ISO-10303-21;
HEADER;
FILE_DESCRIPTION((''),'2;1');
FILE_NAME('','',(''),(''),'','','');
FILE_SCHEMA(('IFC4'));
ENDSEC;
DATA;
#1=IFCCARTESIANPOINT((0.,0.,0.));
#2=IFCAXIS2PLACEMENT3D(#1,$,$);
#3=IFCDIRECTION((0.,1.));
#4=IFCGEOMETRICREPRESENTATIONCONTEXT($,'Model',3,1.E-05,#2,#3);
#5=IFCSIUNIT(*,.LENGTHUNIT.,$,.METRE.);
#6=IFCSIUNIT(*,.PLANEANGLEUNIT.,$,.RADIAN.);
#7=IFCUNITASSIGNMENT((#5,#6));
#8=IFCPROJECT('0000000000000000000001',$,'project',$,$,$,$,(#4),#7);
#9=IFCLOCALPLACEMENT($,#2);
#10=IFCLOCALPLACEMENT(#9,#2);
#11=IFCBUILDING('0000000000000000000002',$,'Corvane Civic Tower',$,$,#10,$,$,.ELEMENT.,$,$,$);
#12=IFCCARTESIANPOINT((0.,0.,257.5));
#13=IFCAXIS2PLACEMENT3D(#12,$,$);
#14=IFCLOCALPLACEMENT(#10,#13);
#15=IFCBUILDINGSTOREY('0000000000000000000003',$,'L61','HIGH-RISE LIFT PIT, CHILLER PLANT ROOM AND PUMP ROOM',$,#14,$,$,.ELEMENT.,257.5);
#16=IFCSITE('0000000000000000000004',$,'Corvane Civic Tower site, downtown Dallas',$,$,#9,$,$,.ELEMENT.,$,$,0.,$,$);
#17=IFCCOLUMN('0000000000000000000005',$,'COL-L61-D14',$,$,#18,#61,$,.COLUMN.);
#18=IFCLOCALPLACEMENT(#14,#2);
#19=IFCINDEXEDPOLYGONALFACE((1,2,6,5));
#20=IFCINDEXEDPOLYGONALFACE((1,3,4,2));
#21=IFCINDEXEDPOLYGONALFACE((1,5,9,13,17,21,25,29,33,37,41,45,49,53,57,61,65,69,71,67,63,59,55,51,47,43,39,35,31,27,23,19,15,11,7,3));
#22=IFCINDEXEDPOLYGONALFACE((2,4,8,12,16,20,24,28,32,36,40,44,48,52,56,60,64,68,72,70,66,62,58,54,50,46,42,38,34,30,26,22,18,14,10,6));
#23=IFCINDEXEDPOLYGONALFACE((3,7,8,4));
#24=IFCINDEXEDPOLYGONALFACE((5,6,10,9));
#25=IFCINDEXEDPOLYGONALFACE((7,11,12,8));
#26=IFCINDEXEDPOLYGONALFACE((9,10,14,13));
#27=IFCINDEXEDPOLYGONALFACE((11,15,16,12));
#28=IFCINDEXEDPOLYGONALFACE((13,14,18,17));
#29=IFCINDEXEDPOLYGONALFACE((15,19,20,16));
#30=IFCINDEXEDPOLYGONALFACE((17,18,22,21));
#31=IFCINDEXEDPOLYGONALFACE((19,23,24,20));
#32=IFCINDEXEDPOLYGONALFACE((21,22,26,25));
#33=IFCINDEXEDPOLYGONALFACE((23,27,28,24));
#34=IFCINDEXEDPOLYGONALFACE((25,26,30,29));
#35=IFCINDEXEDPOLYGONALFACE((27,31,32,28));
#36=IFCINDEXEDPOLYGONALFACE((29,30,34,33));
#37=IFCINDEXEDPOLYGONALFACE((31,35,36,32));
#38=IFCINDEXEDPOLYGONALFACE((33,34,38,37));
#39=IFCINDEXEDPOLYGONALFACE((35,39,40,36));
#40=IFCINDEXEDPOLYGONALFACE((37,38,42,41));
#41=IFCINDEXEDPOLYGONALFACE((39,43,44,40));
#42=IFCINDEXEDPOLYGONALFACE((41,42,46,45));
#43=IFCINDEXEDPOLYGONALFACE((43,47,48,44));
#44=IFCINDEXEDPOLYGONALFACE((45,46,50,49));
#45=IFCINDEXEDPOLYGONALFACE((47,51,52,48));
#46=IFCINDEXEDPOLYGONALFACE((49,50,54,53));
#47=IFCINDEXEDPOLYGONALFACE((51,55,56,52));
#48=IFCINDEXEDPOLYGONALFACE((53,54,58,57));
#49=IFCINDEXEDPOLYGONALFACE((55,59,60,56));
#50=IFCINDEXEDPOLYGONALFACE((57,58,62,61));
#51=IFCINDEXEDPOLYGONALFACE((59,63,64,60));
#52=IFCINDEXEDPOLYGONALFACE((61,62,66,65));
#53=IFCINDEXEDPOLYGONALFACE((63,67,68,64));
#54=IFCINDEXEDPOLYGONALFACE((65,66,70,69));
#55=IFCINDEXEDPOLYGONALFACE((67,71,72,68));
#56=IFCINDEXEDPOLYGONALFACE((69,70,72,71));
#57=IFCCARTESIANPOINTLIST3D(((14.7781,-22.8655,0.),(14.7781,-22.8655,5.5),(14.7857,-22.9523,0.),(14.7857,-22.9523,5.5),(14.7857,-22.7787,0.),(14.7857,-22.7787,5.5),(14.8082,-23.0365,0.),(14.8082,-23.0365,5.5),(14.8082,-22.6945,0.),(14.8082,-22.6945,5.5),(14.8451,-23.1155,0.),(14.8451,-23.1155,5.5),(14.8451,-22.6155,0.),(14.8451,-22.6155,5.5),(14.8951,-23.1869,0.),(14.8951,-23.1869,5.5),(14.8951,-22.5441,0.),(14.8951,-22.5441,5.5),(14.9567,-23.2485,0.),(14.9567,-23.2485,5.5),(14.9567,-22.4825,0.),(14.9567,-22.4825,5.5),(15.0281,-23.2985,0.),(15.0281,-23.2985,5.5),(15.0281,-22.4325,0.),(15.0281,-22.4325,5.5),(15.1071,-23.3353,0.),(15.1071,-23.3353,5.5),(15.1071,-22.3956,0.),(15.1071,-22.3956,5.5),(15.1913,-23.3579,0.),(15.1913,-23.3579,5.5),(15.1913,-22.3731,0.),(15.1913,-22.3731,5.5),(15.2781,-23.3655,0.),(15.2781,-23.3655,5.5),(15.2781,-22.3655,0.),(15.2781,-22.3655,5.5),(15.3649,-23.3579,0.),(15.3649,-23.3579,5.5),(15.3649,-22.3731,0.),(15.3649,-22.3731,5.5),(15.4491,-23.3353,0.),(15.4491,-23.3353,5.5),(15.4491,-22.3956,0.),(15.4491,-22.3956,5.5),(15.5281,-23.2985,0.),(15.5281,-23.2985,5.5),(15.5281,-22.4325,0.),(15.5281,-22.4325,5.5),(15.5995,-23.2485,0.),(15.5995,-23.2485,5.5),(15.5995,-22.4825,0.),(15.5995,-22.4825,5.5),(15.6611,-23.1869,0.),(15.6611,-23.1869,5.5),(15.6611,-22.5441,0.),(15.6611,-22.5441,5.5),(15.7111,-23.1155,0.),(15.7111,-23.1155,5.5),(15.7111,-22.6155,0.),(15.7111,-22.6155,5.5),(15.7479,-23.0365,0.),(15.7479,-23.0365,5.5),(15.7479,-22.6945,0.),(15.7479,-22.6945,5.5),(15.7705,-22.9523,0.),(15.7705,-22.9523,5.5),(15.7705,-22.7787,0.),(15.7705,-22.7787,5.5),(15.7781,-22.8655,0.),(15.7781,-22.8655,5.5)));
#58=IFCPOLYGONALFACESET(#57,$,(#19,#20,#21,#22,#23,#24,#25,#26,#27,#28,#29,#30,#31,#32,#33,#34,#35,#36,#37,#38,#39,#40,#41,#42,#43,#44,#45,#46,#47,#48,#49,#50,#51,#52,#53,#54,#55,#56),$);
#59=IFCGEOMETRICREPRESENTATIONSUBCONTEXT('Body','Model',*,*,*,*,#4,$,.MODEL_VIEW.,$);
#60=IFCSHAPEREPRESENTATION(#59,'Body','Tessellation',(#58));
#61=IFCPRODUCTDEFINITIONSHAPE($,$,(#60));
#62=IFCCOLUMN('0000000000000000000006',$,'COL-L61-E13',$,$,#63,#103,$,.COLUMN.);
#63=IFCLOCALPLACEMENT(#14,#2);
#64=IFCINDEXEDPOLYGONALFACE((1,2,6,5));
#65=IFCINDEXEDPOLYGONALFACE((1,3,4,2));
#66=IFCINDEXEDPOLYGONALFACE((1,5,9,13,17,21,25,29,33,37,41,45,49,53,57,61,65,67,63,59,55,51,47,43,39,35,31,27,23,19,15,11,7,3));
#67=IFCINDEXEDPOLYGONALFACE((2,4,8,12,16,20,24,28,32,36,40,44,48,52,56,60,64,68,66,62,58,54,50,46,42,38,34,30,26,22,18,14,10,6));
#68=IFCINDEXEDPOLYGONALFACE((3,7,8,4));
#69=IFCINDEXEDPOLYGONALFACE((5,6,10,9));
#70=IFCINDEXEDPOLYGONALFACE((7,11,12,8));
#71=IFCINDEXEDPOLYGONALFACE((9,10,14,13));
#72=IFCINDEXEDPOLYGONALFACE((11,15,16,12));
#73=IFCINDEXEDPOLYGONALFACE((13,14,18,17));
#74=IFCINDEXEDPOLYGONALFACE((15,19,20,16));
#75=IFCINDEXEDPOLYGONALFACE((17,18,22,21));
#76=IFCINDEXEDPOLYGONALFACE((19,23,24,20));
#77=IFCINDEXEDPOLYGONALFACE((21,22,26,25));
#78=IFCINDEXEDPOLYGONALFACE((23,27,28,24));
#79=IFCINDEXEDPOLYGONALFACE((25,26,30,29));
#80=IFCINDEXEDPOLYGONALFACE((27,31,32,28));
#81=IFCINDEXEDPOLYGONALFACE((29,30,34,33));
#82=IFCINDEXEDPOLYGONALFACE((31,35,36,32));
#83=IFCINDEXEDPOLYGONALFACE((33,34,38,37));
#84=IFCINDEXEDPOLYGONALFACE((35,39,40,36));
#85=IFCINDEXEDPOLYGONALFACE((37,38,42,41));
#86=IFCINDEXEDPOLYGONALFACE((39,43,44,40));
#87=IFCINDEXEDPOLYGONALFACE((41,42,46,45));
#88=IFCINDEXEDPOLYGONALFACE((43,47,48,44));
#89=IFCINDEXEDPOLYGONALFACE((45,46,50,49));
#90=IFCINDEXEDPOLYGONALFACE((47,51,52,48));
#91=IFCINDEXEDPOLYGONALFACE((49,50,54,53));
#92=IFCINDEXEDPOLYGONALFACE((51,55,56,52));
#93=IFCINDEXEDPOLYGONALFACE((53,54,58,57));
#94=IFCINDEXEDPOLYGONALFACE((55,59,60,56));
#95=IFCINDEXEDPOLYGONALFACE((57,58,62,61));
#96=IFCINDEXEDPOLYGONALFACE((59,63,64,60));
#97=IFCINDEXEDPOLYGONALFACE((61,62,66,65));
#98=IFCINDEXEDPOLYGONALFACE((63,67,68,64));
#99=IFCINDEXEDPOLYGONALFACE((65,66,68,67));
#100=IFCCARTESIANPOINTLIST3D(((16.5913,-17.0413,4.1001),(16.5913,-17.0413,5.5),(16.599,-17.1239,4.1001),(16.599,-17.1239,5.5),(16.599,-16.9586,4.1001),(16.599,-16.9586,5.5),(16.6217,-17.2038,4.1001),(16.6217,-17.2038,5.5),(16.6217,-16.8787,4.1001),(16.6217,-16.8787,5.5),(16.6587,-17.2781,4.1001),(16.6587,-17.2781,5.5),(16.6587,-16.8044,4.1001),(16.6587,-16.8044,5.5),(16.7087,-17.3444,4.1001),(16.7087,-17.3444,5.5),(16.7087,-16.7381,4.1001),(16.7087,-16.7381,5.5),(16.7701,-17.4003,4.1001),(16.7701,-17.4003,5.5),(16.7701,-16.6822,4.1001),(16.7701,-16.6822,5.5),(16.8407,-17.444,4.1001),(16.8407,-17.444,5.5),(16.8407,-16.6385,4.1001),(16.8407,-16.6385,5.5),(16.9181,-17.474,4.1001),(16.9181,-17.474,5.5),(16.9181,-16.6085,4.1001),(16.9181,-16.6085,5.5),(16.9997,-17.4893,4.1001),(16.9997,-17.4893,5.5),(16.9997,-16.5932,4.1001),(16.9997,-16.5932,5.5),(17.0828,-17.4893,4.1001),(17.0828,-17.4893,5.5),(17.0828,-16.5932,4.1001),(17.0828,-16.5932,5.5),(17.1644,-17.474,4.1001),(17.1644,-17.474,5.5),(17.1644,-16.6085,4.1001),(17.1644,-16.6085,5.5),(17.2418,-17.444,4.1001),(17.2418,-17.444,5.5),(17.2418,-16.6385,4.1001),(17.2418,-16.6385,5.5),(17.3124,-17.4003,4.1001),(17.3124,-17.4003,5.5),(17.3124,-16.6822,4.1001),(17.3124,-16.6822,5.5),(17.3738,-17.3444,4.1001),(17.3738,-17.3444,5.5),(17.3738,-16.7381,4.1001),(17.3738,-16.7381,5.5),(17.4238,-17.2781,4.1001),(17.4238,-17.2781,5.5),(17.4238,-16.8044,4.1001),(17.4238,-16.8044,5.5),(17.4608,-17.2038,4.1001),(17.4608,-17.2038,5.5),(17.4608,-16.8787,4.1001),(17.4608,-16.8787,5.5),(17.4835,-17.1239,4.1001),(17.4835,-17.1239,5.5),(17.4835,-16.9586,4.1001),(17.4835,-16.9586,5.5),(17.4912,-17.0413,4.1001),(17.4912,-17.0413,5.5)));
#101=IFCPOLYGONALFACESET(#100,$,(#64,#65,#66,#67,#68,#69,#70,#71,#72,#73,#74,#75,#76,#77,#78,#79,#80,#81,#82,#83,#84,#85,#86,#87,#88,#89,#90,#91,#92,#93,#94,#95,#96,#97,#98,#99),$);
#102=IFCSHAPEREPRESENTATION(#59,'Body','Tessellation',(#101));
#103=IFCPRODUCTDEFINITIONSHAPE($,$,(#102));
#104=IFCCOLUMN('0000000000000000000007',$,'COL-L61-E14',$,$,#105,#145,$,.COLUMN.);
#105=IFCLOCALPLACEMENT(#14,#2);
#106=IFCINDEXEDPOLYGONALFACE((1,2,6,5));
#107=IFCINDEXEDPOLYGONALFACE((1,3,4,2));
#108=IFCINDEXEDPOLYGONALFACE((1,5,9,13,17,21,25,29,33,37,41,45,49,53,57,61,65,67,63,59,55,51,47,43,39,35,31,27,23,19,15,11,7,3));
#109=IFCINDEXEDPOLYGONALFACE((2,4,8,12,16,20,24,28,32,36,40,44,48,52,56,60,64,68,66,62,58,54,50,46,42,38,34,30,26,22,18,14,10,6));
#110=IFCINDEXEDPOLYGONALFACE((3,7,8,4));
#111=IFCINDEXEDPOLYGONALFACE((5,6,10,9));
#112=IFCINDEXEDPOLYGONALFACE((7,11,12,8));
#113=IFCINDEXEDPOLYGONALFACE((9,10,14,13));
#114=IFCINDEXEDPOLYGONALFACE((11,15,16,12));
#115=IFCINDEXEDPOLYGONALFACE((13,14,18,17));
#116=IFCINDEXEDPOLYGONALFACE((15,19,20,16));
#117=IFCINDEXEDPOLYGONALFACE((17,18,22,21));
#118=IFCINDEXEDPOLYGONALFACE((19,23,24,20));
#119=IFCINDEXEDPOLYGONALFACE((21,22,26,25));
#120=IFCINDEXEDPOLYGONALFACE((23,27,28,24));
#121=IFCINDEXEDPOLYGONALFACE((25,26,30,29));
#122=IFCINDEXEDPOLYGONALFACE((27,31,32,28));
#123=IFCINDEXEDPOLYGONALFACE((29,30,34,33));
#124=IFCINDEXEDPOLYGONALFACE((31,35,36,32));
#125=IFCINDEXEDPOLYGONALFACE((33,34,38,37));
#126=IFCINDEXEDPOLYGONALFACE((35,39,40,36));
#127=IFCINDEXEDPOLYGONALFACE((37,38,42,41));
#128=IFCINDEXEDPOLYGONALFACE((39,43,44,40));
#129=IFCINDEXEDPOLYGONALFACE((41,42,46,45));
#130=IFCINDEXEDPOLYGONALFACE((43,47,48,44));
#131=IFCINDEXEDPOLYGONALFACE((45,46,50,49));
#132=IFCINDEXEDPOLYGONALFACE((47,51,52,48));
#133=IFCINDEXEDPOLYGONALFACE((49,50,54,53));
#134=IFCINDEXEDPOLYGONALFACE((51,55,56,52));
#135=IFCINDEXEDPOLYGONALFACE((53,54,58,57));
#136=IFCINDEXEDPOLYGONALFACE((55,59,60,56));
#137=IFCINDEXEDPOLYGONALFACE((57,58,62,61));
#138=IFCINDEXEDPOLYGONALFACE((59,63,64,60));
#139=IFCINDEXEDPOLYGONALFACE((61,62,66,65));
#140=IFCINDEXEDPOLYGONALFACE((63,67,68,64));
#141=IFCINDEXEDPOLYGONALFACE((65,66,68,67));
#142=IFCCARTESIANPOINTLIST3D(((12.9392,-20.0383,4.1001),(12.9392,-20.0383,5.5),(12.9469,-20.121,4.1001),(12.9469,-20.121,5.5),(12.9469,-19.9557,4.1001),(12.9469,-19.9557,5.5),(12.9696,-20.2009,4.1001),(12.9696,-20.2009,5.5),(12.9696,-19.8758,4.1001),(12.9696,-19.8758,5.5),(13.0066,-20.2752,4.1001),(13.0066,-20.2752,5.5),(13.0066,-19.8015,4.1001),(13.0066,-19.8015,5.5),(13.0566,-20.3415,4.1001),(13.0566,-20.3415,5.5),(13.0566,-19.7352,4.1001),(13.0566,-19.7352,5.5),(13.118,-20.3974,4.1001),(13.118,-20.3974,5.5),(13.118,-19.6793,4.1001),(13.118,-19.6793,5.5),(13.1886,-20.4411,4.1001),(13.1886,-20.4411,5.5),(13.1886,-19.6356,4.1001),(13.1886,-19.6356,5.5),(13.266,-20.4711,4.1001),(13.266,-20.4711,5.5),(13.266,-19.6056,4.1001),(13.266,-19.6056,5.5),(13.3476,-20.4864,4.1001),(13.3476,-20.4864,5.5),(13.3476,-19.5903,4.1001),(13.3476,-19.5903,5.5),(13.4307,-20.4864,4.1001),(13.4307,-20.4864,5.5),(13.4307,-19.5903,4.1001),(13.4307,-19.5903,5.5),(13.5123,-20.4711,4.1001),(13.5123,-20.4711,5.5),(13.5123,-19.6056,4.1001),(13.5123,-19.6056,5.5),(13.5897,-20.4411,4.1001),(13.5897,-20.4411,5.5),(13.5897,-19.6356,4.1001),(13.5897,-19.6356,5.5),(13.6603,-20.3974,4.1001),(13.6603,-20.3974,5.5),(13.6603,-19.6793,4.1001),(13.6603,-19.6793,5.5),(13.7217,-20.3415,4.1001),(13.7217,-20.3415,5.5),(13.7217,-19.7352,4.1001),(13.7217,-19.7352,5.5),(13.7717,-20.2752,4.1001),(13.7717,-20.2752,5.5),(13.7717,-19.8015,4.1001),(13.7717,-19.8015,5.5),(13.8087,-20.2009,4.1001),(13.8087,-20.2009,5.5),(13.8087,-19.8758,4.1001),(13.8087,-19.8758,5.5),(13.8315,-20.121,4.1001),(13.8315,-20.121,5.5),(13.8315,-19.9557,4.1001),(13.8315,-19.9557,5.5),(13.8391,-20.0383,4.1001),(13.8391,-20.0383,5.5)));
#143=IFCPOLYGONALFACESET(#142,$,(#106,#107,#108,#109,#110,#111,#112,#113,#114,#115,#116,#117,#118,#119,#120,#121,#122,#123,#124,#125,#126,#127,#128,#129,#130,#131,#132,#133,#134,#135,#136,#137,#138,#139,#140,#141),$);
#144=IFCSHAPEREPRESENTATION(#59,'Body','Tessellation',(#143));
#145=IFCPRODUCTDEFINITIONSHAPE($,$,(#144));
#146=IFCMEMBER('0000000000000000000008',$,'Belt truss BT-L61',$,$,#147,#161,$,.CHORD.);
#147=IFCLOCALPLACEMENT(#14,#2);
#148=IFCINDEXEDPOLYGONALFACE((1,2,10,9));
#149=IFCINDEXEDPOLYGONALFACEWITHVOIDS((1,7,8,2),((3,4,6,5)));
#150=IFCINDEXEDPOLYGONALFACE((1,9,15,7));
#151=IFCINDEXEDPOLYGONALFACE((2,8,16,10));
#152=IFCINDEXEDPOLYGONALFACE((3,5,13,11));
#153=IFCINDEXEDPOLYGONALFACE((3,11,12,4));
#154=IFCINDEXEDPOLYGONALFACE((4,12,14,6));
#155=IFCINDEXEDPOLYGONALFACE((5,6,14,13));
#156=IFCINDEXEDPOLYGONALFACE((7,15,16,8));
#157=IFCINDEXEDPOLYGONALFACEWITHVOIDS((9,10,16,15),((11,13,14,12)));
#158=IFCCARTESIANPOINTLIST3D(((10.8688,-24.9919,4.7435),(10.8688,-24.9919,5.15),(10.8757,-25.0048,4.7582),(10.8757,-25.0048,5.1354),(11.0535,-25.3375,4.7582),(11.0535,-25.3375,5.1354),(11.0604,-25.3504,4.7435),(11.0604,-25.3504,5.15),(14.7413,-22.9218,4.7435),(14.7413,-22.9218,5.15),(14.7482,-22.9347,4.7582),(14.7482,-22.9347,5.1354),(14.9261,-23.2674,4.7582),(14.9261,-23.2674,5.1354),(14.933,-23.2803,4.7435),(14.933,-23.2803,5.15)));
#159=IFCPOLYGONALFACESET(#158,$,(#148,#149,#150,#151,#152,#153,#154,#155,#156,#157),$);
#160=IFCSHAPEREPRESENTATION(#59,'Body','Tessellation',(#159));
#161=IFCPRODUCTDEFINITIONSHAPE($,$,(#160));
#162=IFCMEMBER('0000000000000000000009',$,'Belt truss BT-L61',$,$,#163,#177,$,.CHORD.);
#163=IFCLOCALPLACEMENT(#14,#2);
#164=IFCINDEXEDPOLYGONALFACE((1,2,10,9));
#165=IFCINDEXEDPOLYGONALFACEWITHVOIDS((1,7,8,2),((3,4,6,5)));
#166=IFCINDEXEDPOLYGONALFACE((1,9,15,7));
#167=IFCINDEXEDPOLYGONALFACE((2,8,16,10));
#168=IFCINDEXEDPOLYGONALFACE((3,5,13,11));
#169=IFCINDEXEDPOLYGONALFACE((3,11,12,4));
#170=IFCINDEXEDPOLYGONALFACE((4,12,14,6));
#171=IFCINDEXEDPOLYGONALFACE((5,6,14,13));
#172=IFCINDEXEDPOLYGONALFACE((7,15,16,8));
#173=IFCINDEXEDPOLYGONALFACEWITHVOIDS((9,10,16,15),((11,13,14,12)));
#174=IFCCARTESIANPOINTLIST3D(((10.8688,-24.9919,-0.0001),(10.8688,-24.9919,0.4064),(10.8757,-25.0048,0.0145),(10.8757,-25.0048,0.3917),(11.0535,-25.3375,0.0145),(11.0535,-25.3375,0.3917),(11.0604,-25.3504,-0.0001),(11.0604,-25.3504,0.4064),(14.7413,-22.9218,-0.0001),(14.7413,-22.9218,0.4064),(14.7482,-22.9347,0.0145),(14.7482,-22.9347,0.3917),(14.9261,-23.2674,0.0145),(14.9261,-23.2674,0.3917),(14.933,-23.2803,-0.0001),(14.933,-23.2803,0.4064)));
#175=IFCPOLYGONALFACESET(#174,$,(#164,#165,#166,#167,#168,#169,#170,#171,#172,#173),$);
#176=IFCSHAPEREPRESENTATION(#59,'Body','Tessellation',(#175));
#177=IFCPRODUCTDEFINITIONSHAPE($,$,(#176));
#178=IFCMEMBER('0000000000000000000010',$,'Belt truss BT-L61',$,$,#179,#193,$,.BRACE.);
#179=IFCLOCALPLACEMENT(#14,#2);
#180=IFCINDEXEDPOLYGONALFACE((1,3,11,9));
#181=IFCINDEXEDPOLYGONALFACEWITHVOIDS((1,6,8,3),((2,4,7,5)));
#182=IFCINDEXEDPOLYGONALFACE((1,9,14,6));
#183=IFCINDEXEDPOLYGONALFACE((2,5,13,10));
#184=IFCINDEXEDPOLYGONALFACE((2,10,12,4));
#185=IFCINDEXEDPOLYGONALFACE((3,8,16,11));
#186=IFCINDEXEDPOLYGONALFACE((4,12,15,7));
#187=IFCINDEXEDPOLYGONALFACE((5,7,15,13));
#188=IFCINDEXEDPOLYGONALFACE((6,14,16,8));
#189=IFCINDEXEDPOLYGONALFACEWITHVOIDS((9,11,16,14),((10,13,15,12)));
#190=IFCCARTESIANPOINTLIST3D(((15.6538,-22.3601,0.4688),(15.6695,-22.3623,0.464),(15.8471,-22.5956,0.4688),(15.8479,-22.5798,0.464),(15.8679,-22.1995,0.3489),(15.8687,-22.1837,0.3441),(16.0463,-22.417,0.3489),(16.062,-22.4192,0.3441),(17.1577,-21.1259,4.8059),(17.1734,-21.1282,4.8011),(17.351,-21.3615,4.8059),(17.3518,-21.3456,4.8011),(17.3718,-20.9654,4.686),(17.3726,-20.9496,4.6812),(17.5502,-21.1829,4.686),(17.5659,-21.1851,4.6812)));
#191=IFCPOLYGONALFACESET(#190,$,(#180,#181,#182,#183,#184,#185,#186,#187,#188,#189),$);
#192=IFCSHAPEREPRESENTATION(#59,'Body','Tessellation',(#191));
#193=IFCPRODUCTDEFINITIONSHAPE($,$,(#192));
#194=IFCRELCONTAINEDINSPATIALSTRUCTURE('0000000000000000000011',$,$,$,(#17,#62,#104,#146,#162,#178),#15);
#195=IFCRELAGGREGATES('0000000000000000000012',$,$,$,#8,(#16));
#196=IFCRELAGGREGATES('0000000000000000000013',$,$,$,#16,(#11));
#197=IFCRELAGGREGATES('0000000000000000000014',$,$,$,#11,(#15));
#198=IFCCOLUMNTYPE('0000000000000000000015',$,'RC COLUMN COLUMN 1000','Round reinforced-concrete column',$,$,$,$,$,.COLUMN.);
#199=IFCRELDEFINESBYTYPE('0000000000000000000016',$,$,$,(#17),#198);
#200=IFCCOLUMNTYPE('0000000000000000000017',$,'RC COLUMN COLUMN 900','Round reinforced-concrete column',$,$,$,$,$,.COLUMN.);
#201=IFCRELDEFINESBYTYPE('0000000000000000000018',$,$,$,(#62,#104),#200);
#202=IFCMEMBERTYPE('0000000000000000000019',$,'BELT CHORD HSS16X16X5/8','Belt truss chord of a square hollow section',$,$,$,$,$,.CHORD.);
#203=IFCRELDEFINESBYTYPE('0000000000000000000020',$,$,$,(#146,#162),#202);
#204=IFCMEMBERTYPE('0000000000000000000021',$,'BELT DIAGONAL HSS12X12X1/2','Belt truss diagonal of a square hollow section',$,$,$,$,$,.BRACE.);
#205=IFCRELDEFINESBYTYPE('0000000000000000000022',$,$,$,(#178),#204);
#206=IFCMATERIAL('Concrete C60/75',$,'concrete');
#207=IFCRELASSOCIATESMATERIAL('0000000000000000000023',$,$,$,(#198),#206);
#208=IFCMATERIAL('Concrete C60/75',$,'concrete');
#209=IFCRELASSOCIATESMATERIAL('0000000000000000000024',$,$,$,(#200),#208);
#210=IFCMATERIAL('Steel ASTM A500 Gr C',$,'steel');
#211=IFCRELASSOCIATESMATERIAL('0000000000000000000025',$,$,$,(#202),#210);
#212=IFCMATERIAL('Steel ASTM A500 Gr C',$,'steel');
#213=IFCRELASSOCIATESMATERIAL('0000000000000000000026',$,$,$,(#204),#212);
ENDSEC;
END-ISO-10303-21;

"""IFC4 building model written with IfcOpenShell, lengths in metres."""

from ifc_helpers import new_model, si_unit, direction, frame, origin, origin_2d, place, context, subcontext, project, spatial, hollow_rectangle, circle, extrude, material, material_profile, profile_set, type_object, element, save


model = new_model("IFC4")

# Units and contexts
model_context = context("Model", 3, precision=1e-05, world=origin(), true_north=direction((0.0, 1.0)))
body_context = subcontext(model_context, "Body", "Model", "MODEL_VIEW")
ifc_project = project(units=[si_unit("LENGTHUNIT", "METRE"), si_unit("PLANEANGLEUNIT", "RADIAN")], contexts=[model_context])

# Site, building, storey
site_placement = place(None, origin())
site = spatial("IfcSite", under=ifc_project, at=site_placement, Name="Corvane Civic Tower site, downtown Dallas", CompositionType="ELEMENT", RefElevation=0.0)
building_placement = place(site_placement, origin())
building = spatial("IfcBuilding", under=site, at=building_placement, Name="Corvane Civic Tower", CompositionType="ELEMENT")
storey_placement = place(building_placement, frame((0.0, 0.0, 257.5)))
storey = spatial("IfcBuildingStorey", under=building, at=storey_placement, Name="L61", Description="HIGH-RISE LIFT PIT, CHILLER PLANT ROOM AND PUMP ROOM", CompositionType="ELEMENT", Elevation=257.5)

# Columns
ifc_material_1 = material(Name="Concrete C60/75", Category="concrete")
ifc_material_profile_1 = material_profile(ifc_material_1, circle(Radius=0.5, at=origin_2d()), Name="COLUMN 1000")
ifc_profile_set_1 = profile_set([ifc_material_profile_1], Name="Concrete C60/75")
column_type_1 = type_object("IfcColumnType", Name="RC COLUMN COLUMN 1000", Description="Round reinforced-concrete column", PredefinedType="COLUMN", material=ifc_profile_set_1)
column_placement = place(storey_placement, frame((15.2781, -22.8655, 0.0), z_axis=(0.0, 0.0, 1.0), x_axis=(1.0, 0.0, 0.0)))
element("IfcColumn", 1, at=column_placement, inside=storey, type_object=column_type_1, Name="COL-L61-D14", PredefinedType="COLUMN", context=body_context, shape_type="SweptSolid", body=[
    extrude(circle(Radius=0.5, at=origin_2d()), origin(), (0.0, 0.0, 1.0), 5.5),
])
ifc_material_2 = material(Name="Concrete C60/75", Category="concrete")
ifc_material_profile_2 = material_profile(ifc_material_2, circle(Radius=0.45, at=origin_2d()), Name="COLUMN 900")
ifc_profile_set_2 = profile_set([ifc_material_profile_2], Name="Concrete C60/75")
column_type_2 = type_object("IfcColumnType", Name="RC COLUMN COLUMN 900", Description="Round reinforced-concrete column", PredefinedType="COLUMN", material=ifc_profile_set_2)
for number, where, z_axis, x_axis, name in (
    (2, (17.0413, -17.0413, 4.1001), (0.0, 0.0, 1.0), (1.0, 0.0, 0.0), "COL-L61-E13"),
    (3, (13.3892, -20.0383, 4.1001), (0.0, 0.0, 1.0), (1.0, 0.0, 0.0), "COL-L61-E14"),
):
    element("IfcColumn", number, at=place(storey_placement, frame(where, z_axis=z_axis, x_axis=x_axis)), inside=storey, type_object=column_type_2, Name=name, PredefinedType="COLUMN", context=body_context, shape_type="SweptSolid", body=[
        extrude(circle(Radius=0.45, at=origin_2d()), origin(), (0.0, 0.0, 1.0), 1.3999),
    ])

# Members
ifc_material_3 = material(Name="Steel ASTM A500 Gr C", Category="steel")
ifc_material_profile_3 = material_profile(ifc_material_3, hollow_rectangle(XDim=0.4065, YDim=0.4065, WallThickness=0.0146, at=origin_2d()), Name="HSS16X16X5/8")
ifc_profile_set_3 = profile_set([ifc_material_profile_3], Name="Steel ASTM A500 Gr C")
member_type_1 = type_object("IfcMemberType", Name="BELT CHORD HSS16X16X5/8", Description="Belt truss chord of a square hollow section", PredefinedType="CHORD", material=ifc_profile_set_3)
for number, where, z_axis, x_axis, name in (
    (4, (14.8372, -23.1011, 4.9468), (-0.881908, -0.471422, 0.0), (0.471422, -0.881908, 0.0), "Belt truss BT-L61"),
    (5, (14.8372, -23.1011, 0.2031), (-0.881908, -0.471422, 0.0), (0.471422, -0.881908, 0.0), "Belt truss BT-L61"),
):
    element("IfcMember", number, at=place(storey_placement, frame(where, z_axis=z_axis, x_axis=x_axis)), inside=storey, type_object=member_type_1, Name=name, PredefinedType="CHORD", context=body_context, shape_type="SweptSolid", body=[
        extrude(hollow_rectangle(XDim=0.4065, YDim=0.4065, WallThickness=0.0146, at=origin_2d()), origin(), (0.0, 0.0, 1.0), 4.3911),
    ])
ifc_material_4 = material(Name="Steel ASTM A500 Gr C", Category="steel")
ifc_material_profile_4 = material_profile(ifc_material_4, hollow_rectangle(XDim=0.3047, YDim=0.3047, WallThickness=0.0117, at=origin_2d()), Name="HSS12X12X1/2")
ifc_profile_set_4 = profile_set([ifc_material_profile_4], Name="Steel ASTM A500 Gr C")
member_type_2 = type_object("IfcMemberType", Name="BELT DIAGONAL HSS12X12X1/2", Description="Belt truss diagonal of a square hollow section", PredefinedType="BRACE", material=ifc_profile_set_4)
member_1_placement = place(storey_placement, frame((15.8579, -22.3896, 0.4065), z_axis=(0.316379, 0.259626, 0.912414), x_axis=(-0.634365, 0.773034, 0.0)))
element("IfcMember", 6, at=member_1_placement, inside=storey, type_object=member_type_2, Name="Belt truss BT-L61", PredefinedType="BRACE", context=body_context, shape_type="SweptSolid", body=[
    extrude(hollow_rectangle(XDim=0.3047, YDim=0.3047, WallThickness=0.0117, at=origin_2d()), origin(), (0.0, 0.0, 1.0), 4.7534),
])

save(model, "model.ifc")
